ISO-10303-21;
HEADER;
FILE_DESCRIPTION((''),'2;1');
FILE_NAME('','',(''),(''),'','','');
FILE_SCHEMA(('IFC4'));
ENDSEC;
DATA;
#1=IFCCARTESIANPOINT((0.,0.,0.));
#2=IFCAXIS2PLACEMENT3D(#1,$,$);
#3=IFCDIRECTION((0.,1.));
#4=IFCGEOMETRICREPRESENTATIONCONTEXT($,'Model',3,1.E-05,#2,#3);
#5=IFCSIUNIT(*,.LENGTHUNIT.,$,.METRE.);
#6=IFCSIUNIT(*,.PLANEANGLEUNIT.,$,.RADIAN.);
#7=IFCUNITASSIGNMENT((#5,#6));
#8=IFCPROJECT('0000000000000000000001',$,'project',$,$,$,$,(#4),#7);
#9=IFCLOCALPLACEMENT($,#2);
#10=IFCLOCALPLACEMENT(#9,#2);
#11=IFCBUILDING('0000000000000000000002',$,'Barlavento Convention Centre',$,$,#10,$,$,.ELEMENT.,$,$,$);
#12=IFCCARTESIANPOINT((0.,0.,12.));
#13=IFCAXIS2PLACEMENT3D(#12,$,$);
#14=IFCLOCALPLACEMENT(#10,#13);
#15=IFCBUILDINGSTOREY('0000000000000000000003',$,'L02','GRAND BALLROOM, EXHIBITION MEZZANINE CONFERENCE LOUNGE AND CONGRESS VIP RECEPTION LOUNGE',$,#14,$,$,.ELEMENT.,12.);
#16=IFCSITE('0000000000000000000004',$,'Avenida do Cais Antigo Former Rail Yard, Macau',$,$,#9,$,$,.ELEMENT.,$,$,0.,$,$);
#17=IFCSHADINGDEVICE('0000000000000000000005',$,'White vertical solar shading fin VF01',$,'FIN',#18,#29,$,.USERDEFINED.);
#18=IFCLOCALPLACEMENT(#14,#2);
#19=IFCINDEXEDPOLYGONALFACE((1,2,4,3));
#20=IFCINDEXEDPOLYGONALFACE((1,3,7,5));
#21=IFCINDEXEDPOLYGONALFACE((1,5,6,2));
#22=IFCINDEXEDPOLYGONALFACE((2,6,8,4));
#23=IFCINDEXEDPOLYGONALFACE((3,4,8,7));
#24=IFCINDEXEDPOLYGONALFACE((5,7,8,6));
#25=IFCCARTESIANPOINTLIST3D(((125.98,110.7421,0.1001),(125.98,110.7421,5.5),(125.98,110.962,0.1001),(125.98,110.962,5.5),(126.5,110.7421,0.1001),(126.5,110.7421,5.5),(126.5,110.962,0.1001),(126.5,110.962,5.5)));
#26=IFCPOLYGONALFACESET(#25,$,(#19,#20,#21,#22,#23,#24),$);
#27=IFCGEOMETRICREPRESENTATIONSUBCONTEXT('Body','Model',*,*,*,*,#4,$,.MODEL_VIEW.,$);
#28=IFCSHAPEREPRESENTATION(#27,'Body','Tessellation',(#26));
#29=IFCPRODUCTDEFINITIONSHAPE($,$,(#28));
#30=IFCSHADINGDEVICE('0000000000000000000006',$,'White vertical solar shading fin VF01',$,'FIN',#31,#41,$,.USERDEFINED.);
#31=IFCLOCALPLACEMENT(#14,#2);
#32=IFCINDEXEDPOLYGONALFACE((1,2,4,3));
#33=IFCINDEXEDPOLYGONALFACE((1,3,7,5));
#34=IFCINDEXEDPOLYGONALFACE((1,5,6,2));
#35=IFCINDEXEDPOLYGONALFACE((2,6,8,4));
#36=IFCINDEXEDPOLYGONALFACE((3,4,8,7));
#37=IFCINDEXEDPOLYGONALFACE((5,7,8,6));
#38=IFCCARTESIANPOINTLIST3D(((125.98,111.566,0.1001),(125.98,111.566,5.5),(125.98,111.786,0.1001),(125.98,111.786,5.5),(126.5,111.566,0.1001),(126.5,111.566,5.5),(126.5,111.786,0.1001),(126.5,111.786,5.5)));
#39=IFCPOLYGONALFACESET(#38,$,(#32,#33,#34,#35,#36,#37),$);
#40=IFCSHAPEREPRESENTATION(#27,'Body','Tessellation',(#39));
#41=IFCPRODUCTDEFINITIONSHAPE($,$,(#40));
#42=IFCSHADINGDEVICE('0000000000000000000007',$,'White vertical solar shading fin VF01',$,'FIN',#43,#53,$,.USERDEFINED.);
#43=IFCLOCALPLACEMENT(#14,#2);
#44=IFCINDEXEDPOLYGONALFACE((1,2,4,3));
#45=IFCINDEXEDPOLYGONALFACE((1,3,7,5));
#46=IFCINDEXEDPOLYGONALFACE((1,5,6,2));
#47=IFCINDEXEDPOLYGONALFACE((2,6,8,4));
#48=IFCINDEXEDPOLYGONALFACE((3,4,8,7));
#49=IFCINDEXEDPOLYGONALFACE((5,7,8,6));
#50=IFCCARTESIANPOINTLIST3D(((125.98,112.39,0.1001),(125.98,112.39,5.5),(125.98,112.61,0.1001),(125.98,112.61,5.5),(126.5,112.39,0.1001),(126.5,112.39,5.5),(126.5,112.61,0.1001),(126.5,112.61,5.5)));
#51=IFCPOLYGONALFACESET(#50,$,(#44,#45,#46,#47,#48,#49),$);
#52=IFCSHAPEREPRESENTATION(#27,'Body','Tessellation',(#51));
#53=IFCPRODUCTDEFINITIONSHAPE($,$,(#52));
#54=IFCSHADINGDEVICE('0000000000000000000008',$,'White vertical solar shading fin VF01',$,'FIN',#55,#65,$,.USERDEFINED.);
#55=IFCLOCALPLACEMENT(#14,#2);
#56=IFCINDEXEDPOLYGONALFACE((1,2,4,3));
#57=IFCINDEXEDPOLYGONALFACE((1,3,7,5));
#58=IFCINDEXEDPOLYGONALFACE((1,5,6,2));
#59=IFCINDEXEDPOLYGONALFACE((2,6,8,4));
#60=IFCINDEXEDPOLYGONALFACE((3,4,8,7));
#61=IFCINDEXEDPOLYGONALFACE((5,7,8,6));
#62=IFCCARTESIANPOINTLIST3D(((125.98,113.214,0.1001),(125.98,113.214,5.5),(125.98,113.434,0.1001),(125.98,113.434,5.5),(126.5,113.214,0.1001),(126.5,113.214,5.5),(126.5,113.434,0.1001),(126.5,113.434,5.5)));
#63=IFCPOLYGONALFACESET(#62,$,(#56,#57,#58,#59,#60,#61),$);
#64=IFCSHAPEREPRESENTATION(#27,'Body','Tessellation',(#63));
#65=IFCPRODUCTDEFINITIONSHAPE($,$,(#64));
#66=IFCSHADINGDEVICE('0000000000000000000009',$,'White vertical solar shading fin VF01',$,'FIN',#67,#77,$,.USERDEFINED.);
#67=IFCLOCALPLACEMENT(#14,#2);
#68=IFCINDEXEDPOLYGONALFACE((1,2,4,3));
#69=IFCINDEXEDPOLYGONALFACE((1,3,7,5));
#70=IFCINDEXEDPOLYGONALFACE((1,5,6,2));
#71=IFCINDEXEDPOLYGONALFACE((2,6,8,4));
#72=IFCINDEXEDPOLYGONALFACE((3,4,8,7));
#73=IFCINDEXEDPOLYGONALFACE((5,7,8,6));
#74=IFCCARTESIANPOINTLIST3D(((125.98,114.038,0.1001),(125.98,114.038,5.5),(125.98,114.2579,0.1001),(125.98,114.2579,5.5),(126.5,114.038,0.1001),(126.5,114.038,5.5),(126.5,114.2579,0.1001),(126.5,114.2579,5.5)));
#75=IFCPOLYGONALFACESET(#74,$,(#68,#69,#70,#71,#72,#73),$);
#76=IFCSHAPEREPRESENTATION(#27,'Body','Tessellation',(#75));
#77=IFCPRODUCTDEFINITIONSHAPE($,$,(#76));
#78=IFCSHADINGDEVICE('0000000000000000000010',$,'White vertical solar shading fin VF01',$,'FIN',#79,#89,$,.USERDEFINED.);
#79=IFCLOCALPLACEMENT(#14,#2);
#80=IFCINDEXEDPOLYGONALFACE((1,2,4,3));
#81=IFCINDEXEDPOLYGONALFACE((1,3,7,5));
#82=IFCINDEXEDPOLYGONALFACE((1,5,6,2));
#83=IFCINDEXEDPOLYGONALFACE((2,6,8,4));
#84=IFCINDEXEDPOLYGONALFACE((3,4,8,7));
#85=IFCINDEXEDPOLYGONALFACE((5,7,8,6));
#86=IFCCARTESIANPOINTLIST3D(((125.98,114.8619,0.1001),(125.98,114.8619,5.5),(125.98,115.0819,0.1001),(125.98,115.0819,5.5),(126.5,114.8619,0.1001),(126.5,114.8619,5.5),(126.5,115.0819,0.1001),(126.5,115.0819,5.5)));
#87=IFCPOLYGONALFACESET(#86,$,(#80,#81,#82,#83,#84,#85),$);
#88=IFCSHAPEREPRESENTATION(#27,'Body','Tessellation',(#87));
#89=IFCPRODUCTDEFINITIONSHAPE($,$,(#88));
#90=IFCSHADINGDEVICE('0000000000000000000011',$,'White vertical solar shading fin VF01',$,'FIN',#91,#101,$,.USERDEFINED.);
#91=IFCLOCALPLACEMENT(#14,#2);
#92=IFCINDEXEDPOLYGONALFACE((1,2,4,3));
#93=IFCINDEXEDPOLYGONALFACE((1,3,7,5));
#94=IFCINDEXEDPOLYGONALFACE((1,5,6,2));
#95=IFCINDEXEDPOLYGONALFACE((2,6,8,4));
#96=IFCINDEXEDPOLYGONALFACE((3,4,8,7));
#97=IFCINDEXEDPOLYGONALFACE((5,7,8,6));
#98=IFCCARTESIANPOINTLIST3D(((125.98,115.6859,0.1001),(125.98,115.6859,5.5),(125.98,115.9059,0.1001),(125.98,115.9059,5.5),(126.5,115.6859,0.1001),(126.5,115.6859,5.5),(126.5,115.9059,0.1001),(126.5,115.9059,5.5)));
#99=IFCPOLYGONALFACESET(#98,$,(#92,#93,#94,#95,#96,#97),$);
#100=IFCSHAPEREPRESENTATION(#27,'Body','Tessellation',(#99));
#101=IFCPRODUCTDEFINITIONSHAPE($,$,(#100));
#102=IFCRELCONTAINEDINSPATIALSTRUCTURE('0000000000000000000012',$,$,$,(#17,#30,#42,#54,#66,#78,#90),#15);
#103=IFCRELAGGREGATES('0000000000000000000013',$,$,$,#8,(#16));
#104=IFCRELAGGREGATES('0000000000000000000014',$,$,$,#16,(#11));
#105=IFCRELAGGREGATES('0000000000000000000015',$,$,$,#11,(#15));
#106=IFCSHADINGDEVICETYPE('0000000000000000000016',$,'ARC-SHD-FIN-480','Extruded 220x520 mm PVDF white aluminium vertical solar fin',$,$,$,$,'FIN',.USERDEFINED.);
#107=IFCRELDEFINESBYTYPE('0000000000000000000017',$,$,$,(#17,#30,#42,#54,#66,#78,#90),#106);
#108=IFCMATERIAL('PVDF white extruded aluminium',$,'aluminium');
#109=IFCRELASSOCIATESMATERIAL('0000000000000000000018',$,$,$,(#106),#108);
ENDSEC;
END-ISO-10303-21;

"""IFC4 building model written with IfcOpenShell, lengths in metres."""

from ifc_helpers import new_model, si_unit, direction, frame, origin, origin_2d, place, context, subcontext, project, spatial, rectangle, extrude, material, type_object, element, save


model = new_model("IFC4")

# Units and contexts
model_context = context("Model", 3, precision=1e-05, world=origin(), true_north=direction((0.0, 1.0)))
body_context = subcontext(model_context, "Body", "Model", "MODEL_VIEW")
ifc_project = project(units=[si_unit("LENGTHUNIT", "METRE"), si_unit("PLANEANGLEUNIT", "RADIAN")], contexts=[model_context])

# Site, building, storey
site_placement = place(None, origin())
site = spatial("IfcSite", under=ifc_project, at=site_placement, Name="Avenida do Cais Antigo Former Rail Yard, Macau", CompositionType="ELEMENT", RefElevation=0.0)
building_placement = place(site_placement, origin())
building = spatial("IfcBuilding", under=site, at=building_placement, Name="Barlavento Convention Centre", CompositionType="ELEMENT")
storey_placement = place(building_placement, frame((0.0, 0.0, 12.0)))
storey = spatial("IfcBuildingStorey", under=building, at=storey_placement, Name="L02", Description="GRAND BALLROOM, EXHIBITION MEZZANINE CONFERENCE LOUNGE AND CONGRESS VIP RECEPTION LOUNGE", CompositionType="ELEMENT", Elevation=12.0)

# Shading devices
ifc_material_1 = material(Name="PVDF white extruded aluminium", Category="aluminium")
shading_device_type = type_object("IfcShadingDeviceType", Name="ARC-SHD-FIN-480", Description="Extruded 220x520 mm PVDF white aluminium vertical solar fin", ElementType="FIN", PredefinedType="USERDEFINED", material=ifc_material_1)
for number, where, z_axis, x_axis, name in (
    (1, (126.24, 110.8521, 0.1001), (0.0, 0.0, 1.0), (0.0, 1.0, 0.0), "White vertical solar shading fin VF01"),
    (2, (126.24, 111.676, 0.1001), (0.0, 0.0, 1.0), (0.0, 1.0, 0.0), "White vertical solar shading fin VF01"),
    (3, (126.24, 112.5, 0.1001), (0.0, 0.0, 1.0), (0.0, 1.0, 0.0), "White vertical solar shading fin VF01"),
    (4, (126.24, 113.324, 0.1001), (0.0, 0.0, 1.0), (0.0, 1.0, 0.0), "White vertical solar shading fin VF01"),
    (5, (126.24, 114.1479, 0.1001), (0.0, 0.0, 1.0), (0.0, 1.0, 0.0), "White vertical solar shading fin VF01"),
    (6, (126.24, 114.9719, 0.1001), (0.0, 0.0, 1.0), (0.0, 1.0, 0.0), "White vertical solar shading fin VF01"),
    (7, (126.24, 115.7959, 0.1001), (0.0, 0.0, 1.0), (0.0, 1.0, 0.0), "White vertical solar shading fin VF01"),
):
    element("IfcShadingDevice", number, at=place(storey_placement, frame(where, z_axis=z_axis, x_axis=x_axis)), inside=storey, type_object=shading_device_type, Name=name, ObjectType="FIN", PredefinedType="USERDEFINED", context=body_context, shape_type="SweptSolid", body=[
        extrude(rectangle(XDim=0.22, YDim=0.52, at=origin_2d()), origin(), (0.0, 0.0, 1.0), 5.3999),
    ])

save(model, "model.ifc")
